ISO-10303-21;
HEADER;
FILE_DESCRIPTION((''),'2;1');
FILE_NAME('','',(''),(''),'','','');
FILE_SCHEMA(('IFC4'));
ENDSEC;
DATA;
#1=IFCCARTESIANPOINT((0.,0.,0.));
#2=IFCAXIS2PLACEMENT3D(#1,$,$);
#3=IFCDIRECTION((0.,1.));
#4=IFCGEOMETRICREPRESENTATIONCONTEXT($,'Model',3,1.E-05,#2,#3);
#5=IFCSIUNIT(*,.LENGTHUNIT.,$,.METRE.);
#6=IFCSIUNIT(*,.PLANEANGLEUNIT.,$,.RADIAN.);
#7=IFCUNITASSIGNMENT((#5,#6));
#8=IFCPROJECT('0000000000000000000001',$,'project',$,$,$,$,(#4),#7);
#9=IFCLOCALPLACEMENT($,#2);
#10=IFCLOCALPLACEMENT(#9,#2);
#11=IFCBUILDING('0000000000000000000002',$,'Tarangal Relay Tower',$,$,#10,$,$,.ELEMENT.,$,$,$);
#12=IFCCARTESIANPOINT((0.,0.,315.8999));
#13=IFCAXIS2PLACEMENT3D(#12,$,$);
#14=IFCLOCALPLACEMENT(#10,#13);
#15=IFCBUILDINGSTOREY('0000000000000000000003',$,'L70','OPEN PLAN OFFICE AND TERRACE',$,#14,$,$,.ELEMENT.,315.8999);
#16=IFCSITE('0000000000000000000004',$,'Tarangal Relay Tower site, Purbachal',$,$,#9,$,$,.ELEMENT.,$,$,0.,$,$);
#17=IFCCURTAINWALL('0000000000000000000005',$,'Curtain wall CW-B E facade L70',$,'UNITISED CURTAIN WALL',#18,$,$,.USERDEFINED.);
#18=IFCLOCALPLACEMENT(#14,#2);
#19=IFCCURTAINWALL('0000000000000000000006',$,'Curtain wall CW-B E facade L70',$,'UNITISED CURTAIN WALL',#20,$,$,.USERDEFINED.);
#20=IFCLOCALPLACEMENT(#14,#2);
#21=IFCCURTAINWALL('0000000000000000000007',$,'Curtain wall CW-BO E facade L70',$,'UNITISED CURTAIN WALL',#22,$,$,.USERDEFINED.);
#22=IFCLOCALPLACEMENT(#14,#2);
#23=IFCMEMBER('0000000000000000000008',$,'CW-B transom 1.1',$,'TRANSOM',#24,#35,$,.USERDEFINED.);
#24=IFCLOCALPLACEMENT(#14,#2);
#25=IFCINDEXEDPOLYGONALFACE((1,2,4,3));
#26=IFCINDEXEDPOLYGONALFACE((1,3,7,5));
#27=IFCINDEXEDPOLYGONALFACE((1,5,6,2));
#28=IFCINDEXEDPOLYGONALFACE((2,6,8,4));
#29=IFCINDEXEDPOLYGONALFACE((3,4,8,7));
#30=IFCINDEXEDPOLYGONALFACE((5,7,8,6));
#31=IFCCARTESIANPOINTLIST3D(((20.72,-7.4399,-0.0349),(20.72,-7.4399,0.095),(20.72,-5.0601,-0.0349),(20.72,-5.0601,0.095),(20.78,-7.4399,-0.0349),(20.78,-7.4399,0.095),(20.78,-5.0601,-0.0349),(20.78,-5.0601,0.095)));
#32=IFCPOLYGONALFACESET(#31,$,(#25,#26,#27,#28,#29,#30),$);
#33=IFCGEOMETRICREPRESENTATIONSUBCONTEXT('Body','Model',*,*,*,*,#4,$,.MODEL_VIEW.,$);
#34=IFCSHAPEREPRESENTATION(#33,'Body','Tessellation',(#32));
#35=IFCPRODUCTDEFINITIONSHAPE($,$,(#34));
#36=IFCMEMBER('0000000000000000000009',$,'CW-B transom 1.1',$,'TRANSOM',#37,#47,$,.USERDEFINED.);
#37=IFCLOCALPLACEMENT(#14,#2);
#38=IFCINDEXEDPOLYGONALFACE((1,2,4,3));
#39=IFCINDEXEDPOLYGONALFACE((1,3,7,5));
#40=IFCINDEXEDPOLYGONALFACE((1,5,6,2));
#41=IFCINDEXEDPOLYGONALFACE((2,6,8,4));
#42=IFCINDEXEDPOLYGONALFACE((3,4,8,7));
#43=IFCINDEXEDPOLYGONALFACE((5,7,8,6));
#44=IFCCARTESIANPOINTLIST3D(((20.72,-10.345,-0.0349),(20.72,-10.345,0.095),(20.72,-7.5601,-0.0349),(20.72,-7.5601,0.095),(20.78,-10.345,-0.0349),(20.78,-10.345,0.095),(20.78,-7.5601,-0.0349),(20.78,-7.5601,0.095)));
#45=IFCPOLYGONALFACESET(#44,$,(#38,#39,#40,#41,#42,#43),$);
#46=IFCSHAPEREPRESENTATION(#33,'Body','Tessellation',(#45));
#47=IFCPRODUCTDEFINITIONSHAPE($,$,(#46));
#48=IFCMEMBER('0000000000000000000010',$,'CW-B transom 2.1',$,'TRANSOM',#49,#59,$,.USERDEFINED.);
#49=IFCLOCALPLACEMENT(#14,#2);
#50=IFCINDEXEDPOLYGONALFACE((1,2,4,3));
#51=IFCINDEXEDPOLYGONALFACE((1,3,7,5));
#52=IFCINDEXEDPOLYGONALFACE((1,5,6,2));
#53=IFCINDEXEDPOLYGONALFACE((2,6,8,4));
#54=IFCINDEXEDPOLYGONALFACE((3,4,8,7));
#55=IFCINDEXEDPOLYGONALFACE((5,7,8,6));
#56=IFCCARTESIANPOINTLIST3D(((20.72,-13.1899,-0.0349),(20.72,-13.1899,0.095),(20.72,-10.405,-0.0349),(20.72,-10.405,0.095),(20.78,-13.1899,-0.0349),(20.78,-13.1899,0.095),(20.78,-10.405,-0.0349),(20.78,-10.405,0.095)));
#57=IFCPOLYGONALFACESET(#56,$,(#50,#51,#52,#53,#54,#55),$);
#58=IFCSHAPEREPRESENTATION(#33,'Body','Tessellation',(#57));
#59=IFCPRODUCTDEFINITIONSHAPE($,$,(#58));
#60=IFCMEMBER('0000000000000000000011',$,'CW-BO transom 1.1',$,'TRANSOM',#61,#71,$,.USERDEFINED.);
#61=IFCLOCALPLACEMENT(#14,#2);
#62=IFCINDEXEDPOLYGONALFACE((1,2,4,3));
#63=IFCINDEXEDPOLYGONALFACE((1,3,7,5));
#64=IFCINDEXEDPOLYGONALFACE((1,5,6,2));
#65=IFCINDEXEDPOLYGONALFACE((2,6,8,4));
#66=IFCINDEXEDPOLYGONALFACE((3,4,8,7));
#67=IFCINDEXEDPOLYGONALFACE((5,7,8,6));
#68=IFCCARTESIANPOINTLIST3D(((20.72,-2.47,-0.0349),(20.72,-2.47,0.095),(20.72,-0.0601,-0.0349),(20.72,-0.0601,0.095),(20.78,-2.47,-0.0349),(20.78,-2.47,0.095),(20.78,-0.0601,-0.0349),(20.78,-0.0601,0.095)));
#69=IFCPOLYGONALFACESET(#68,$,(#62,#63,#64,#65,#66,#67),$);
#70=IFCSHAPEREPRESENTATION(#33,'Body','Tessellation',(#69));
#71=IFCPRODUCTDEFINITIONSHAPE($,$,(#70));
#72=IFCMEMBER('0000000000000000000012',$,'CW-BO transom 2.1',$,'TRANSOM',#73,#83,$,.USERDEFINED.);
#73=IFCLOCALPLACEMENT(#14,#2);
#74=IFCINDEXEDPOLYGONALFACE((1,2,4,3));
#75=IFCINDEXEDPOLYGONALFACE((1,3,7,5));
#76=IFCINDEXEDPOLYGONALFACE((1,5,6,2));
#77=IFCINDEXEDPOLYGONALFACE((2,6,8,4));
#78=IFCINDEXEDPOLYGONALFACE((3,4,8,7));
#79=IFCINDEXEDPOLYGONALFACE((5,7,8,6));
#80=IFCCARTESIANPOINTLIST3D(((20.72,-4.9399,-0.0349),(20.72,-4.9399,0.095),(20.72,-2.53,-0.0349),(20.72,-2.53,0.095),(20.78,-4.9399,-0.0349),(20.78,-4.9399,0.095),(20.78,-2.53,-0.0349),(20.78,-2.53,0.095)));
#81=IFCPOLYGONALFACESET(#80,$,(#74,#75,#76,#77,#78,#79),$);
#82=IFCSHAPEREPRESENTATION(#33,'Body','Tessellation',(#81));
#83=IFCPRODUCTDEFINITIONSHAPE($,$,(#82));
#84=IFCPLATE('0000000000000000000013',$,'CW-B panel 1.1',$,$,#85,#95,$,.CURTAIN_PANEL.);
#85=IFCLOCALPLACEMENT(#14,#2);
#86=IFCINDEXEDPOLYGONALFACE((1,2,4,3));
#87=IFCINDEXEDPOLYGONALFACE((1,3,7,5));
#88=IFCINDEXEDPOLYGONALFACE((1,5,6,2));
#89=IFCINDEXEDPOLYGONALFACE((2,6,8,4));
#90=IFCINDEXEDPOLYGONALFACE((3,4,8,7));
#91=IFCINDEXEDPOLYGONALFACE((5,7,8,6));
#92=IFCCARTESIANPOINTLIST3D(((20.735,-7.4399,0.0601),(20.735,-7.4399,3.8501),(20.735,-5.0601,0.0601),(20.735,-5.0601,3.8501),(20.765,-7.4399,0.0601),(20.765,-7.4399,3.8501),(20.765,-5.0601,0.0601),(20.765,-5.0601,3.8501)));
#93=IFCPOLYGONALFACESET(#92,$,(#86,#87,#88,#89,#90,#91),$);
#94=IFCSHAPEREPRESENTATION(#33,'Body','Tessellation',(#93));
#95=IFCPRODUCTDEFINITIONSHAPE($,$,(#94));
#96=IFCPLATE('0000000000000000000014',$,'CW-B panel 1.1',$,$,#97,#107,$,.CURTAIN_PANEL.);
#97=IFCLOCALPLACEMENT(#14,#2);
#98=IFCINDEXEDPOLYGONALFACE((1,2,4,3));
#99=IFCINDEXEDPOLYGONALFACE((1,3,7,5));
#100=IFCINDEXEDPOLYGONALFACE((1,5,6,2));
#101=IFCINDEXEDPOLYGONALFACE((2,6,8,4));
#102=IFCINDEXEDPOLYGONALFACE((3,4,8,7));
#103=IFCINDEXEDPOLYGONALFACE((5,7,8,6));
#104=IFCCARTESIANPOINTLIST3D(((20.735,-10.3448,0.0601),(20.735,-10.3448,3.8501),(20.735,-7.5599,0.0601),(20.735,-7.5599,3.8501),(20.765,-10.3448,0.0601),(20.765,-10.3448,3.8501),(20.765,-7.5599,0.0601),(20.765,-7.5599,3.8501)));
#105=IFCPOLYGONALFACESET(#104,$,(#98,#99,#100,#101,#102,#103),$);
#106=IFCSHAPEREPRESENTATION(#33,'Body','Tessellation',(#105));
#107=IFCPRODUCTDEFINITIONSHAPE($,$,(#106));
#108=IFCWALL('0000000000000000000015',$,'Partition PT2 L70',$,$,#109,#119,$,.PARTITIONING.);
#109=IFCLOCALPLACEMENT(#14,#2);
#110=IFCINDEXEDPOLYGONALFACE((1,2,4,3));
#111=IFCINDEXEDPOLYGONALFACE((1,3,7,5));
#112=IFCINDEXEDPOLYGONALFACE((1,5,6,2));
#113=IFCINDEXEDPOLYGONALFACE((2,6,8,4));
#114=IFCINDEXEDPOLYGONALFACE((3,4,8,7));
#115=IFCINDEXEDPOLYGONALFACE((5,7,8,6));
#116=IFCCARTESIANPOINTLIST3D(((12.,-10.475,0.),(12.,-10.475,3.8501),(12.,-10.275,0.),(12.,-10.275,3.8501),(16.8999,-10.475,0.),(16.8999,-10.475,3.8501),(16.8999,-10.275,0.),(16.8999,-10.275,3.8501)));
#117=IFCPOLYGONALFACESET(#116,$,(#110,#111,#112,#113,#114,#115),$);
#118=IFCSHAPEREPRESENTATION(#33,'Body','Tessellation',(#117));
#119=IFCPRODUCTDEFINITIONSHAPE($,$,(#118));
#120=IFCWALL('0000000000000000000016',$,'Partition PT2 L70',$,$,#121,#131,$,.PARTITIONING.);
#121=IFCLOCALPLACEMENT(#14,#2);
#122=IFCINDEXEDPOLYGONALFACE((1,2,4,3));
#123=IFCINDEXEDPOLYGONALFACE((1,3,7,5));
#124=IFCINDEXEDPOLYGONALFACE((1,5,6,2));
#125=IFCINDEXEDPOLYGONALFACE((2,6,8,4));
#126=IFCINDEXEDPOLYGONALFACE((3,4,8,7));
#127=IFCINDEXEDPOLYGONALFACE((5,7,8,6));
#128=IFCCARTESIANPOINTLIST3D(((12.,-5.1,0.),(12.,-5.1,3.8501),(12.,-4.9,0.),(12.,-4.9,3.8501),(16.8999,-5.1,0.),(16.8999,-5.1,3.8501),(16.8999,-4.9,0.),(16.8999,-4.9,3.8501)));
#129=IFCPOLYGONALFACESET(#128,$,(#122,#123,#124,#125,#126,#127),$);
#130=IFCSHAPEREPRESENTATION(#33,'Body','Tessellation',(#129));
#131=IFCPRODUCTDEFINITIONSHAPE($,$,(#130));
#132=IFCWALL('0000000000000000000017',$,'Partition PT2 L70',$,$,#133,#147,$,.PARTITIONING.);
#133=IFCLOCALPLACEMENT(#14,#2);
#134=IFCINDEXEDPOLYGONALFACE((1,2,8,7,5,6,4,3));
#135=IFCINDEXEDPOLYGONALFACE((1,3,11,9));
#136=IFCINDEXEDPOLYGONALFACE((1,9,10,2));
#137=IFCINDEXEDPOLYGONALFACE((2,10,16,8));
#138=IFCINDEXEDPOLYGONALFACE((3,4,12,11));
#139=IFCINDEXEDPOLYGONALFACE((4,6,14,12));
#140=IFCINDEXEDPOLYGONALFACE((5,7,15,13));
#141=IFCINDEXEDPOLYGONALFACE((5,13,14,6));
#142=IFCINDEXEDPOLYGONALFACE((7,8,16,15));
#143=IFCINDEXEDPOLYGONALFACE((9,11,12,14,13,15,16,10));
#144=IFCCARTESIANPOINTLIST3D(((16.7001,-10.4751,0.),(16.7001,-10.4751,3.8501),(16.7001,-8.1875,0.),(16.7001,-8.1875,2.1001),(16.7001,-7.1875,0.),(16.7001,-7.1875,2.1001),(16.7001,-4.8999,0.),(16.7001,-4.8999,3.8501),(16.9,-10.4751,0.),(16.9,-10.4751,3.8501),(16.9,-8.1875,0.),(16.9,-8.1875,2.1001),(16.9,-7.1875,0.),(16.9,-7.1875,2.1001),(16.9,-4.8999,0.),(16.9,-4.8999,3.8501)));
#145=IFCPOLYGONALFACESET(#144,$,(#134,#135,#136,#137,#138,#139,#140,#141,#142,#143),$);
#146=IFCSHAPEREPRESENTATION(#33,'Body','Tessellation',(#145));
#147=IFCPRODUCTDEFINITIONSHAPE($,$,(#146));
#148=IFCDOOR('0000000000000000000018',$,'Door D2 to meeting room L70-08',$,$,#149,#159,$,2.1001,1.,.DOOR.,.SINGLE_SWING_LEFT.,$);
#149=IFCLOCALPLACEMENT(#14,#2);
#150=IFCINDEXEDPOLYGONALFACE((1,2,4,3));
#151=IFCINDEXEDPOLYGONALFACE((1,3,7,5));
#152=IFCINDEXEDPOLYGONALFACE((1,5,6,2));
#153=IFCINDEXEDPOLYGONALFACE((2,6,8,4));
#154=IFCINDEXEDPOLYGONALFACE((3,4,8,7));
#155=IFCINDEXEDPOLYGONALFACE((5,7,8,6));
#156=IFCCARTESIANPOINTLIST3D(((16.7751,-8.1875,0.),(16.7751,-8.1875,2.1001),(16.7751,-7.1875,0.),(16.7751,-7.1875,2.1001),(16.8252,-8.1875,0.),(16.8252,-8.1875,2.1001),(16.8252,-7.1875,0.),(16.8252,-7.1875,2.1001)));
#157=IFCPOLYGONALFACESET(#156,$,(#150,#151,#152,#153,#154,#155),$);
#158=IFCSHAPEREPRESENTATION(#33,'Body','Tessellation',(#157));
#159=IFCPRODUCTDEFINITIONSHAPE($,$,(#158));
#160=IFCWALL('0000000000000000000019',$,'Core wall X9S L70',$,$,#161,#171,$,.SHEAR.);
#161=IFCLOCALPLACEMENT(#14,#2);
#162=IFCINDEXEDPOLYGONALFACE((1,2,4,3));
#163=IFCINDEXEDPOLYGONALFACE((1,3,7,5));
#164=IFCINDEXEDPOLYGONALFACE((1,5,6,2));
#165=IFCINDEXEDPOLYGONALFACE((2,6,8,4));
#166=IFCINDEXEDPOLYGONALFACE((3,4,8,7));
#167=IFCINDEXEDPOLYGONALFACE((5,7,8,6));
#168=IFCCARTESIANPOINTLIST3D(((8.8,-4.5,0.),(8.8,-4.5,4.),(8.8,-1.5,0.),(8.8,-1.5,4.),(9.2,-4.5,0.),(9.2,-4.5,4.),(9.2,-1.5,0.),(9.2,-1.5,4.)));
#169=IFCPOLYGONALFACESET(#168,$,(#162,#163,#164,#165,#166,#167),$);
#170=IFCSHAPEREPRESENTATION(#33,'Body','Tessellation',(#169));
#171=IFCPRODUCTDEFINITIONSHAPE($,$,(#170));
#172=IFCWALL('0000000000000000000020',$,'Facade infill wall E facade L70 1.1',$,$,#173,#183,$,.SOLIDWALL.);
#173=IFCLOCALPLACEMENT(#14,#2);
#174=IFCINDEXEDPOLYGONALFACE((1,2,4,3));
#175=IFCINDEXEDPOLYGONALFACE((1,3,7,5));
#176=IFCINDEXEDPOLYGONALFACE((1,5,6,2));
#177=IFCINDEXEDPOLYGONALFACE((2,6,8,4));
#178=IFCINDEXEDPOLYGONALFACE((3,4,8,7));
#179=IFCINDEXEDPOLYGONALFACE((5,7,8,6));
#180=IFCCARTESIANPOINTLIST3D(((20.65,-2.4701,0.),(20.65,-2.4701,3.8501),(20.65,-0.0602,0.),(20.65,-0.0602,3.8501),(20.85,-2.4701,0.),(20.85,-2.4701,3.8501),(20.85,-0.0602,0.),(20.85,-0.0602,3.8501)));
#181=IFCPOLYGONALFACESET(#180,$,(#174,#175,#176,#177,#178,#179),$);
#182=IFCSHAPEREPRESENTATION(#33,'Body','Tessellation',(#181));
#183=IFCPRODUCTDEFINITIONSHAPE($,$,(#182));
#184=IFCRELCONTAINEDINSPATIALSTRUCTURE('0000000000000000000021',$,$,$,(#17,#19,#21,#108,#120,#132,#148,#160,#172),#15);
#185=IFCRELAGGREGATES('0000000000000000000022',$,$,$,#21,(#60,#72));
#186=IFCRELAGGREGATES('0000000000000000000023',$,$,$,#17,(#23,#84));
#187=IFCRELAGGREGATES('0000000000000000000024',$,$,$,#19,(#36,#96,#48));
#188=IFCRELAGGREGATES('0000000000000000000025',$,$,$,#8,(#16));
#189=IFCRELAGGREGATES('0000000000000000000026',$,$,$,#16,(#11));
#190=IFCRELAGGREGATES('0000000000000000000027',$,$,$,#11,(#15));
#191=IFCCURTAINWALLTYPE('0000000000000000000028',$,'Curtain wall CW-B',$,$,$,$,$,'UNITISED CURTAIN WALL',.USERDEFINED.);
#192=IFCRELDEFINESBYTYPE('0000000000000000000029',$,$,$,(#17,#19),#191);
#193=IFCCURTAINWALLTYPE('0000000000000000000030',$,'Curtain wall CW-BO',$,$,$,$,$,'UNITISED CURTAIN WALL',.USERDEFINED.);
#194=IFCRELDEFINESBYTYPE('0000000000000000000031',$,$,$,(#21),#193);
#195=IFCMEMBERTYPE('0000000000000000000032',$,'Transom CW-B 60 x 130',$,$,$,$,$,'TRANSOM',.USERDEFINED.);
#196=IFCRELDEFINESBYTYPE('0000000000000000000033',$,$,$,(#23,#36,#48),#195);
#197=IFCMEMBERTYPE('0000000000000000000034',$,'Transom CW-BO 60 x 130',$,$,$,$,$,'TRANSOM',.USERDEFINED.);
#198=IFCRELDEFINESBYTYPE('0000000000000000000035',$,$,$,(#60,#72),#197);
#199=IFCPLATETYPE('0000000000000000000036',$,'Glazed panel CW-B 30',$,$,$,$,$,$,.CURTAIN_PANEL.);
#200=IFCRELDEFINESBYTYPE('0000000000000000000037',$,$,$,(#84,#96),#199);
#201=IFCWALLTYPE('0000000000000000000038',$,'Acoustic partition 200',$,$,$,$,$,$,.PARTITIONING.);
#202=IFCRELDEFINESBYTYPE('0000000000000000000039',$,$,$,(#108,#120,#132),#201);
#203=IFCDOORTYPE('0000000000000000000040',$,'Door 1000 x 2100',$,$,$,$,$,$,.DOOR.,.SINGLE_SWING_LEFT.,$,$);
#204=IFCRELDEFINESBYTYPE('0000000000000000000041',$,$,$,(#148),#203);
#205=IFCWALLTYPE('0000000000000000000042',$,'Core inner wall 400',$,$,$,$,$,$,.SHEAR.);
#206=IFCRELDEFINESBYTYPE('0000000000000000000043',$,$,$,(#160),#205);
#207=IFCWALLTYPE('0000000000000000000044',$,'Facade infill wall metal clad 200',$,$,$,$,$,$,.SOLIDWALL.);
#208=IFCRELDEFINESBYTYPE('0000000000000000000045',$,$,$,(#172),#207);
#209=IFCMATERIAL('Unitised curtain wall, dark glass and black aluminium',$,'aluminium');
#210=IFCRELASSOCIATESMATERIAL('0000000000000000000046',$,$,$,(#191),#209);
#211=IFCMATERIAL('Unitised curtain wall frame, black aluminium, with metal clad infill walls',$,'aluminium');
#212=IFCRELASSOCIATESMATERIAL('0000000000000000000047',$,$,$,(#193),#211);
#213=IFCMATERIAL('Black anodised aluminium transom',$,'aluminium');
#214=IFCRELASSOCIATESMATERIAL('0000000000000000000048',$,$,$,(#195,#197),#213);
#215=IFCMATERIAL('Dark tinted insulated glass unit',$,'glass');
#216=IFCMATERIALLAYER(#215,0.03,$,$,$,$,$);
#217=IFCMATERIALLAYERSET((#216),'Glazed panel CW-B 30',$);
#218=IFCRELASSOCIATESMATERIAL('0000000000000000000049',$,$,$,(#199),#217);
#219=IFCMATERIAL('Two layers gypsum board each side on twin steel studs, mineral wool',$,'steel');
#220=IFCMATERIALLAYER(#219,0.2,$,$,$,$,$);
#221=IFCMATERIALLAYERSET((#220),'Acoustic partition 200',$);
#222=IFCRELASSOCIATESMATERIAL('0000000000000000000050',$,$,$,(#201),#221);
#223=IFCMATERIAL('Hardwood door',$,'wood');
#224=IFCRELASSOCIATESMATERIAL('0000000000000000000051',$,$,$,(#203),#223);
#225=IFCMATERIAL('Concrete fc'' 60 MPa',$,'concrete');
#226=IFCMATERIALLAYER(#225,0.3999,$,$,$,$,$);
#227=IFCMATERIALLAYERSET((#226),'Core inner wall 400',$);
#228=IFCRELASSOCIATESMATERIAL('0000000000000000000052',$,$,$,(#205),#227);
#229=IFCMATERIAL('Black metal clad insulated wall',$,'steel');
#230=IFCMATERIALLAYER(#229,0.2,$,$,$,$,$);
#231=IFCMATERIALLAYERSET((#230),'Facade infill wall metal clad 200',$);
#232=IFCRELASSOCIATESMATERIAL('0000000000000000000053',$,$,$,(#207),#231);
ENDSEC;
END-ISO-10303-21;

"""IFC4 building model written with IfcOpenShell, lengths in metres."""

from ifc_helpers import new_model, si_unit, direction, frame, frame_2d, origin, origin_2d, place, context, subcontext, project, spatial, rectangle, extrude, material, layer, layer_set, material_profile, profile_set, type_object, element, fill, aggregate, save


model = new_model("IFC4")

# Units and contexts
model_context = context("Model", 3, precision=1e-05, world=origin(), true_north=direction((0.0, 1.0)))
body_context = subcontext(model_context, "Body", "Model", "MODEL_VIEW")
ifc_project = project(units=[si_unit("LENGTHUNIT", "METRE"), si_unit("PLANEANGLEUNIT", "RADIAN")], contexts=[model_context])

# Site, building, storey
site_placement = place(None, origin())
site = spatial("IfcSite", under=ifc_project, at=site_placement, Name="Tarangal Relay Tower site, Purbachal", CompositionType="ELEMENT", RefElevation=0.0)
building_placement = place(site_placement, origin())
building = spatial("IfcBuilding", under=site, at=building_placement, Name="Tarangal Relay Tower", CompositionType="ELEMENT")
storey_placement = place(building_placement, frame((0.0, 0.0, 315.8999)))
storey = spatial("IfcBuildingStorey", under=building, at=storey_placement, Name="L70", Description="OPEN PLAN OFFICE AND TERRACE", CompositionType="ELEMENT", Elevation=315.8999)

# Curtain walls
ifc_material_1 = material(Name="Unitised curtain wall, dark glass and black aluminium", Category="aluminium")
curtain_wall_type_1 = type_object("IfcCurtainWallType", Name="Curtain wall CW-B", ElementType="UNITISED CURTAIN WALL", PredefinedType="USERDEFINED", material=ifc_material_1)
curtain_wall_1_placement = place(storey_placement, origin())
curtain_wall_1 = element("IfcCurtainWall", 1, at=curtain_wall_1_placement, inside=storey, type_object=curtain_wall_type_1, Name="Curtain wall CW-B E facade L70", ObjectType="UNITISED CURTAIN WALL", PredefinedType="USERDEFINED")
curtain_wall_2_placement = place(storey_placement, origin())
curtain_wall_2 = element("IfcCurtainWall", 2, at=curtain_wall_2_placement, inside=storey, type_object=curtain_wall_type_1, Name="Curtain wall CW-B E facade L70", ObjectType="UNITISED CURTAIN WALL", PredefinedType="USERDEFINED")
ifc_material_2 = material(Name="Unitised curtain wall frame, black aluminium, with metal clad infill walls", Category="aluminium")
curtain_wall_type_2 = type_object("IfcCurtainWallType", Name="Curtain wall CW-BO", ElementType="UNITISED CURTAIN WALL", PredefinedType="USERDEFINED", material=ifc_material_2)
curtain_wall_3_placement = place(storey_placement, origin())
curtain_wall_3 = element("IfcCurtainWall", 3, at=curtain_wall_3_placement, inside=storey, type_object=curtain_wall_type_2, Name="Curtain wall CW-BO E facade L70", ObjectType="UNITISED CURTAIN WALL", PredefinedType="USERDEFINED")

# Members
ifc_material_3 = material(Name="Black anodised aluminium transom", Category="aluminium")
ifc_material_profile_1 = material_profile(ifc_material_3, rectangle(XDim=0.0601, YDim=0.1299, at=origin_2d()), Name="CW-BT 60X130")
ifc_profile_set_1 = profile_set([ifc_material_profile_1], Name="Black anodised aluminium transom")
member_type_1 = type_object("IfcMemberType", Name="Transom CW-B 60 x 130", ElementType="TRANSOM", PredefinedType="USERDEFINED", material=ifc_profile_set_1)
member_1_placement = place(storey_placement, frame((20.75, -5.0601, 0.03), z_axis=(0.0, -1.0, 0.0), x_axis=(1.0, 0.0, 0.0)))
member_1 = element("IfcMember", 4, at=member_1_placement, type_object=member_type_1, Name="CW-B transom 1.1", ObjectType="TRANSOM", PredefinedType="USERDEFINED", context=body_context, shape_type="SweptSolid", body=[
    extrude(rectangle(XDim=0.0601, YDim=0.1299, at=origin_2d()), origin(), (0.0, 0.0, 1.0), 2.3799),
])
member_2_placement = place(storey_placement, frame((20.75, -7.5601, 0.03), z_axis=(0.0, -1.0, 0.0), x_axis=(1.0, 0.0, 0.0)))
member_2 = element("IfcMember", 5, at=member_2_placement, type_object=member_type_1, Name="CW-B transom 1.1", ObjectType="TRANSOM", PredefinedType="USERDEFINED", context=body_context, shape_type="SweptSolid", body=[
    extrude(rectangle(XDim=0.0601, YDim=0.1299, at=origin_2d()), origin(), (0.0, 0.0, 1.0), 2.7849),
])
member_3_placement = place(storey_placement, frame((20.75, -10.405, 0.03), z_axis=(0.0, -1.0, 0.0), x_axis=(1.0, 0.0, 0.0)))
member_3 = element("IfcMember", 6, at=member_3_placement, type_object=member_type_1, Name="CW-B transom 2.1", ObjectType="TRANSOM", PredefinedType="USERDEFINED", context=body_context, shape_type="SweptSolid", body=[
    extrude(rectangle(XDim=0.0601, YDim=0.1299, at=origin_2d()), origin(), (0.0, 0.0, 1.0), 2.7849),
])
ifc_material_profile_2 = material_profile(ifc_material_3, rectangle(XDim=0.0601, YDim=0.1299, at=origin_2d()), Name="CW-BOT 60X130")
ifc_profile_set_2 = profile_set([ifc_material_profile_2], Name="Black anodised aluminium transom")
member_type_2 = type_object("IfcMemberType", Name="Transom CW-BO 60 x 130", ElementType="TRANSOM", PredefinedType="USERDEFINED", material=ifc_profile_set_2)
member_4_placement = place(storey_placement, frame((20.75, -0.0601, 0.03), z_axis=(0.0, -1.0, 0.0), x_axis=(1.0, 0.0, 0.0)))
member_4 = element("IfcMember", 7, at=member_4_placement, type_object=member_type_2, Name="CW-BO transom 1.1", ObjectType="TRANSOM", PredefinedType="USERDEFINED", context=body_context, shape_type="SweptSolid", body=[
    extrude(rectangle(XDim=0.0601, YDim=0.1299, at=origin_2d()), origin(), (0.0, 0.0, 1.0), 2.4099),
])
member_5_placement = place(storey_placement, frame((20.75, -2.53, 0.03), z_axis=(0.0, -1.0, 0.0), x_axis=(1.0, 0.0, 0.0)))
member_5 = element("IfcMember", 8, at=member_5_placement, type_object=member_type_2, Name="CW-BO transom 2.1", ObjectType="TRANSOM", PredefinedType="USERDEFINED", context=body_context, shape_type="SweptSolid", body=[
    extrude(rectangle(XDim=0.0601, YDim=0.1299, at=origin_2d()), origin(), (0.0, 0.0, 1.0), 2.4099),
])
aggregate(curtain_wall_3, [member_4, member_5])

# Plates
ifc_material_4 = material(Name="Dark tinted insulated glass unit", Category="glass")
ifc_layer_1 = layer(ifc_material_4, 0.03)
ifc_layer_set_1 = layer_set([ifc_layer_1], Name="Glazed panel CW-B 30")
plate_type = type_object("IfcPlateType", Name="Glazed panel CW-B 30", PredefinedType="CURTAIN_PANEL", material=ifc_layer_set_1)
plate_1_placement = place(storey_placement, frame((20.75, -6.25, 0.0601), z_axis=(0.0, 0.0, 1.0), x_axis=(0.0, -1.0, 0.0)))
plate_1 = element("IfcPlate", 9, at=plate_1_placement, type_object=plate_type, Name="CW-B panel 1.1", PredefinedType="CURTAIN_PANEL", context=body_context, shape_type="SweptSolid", body=[
    extrude(rectangle(XDim=2.3799, YDim=0.03, at=origin_2d()), origin(), (0.0, 0.0, 1.0), 3.79),
])
aggregate(curtain_wall_1, [member_1, plate_1])
plate_2_placement = place(storey_placement, frame((20.75, -8.9524, 0.0601), z_axis=(0.0, 0.0, 1.0), x_axis=(0.0, -1.0, 0.0)))
plate_2 = element("IfcPlate", 10, at=plate_2_placement, type_object=plate_type, Name="CW-B panel 1.1", PredefinedType="CURTAIN_PANEL", context=body_context, shape_type="SweptSolid", body=[
    extrude(rectangle(XDim=2.7849, YDim=0.03, at=origin_2d()), origin(), (0.0, 0.0, 1.0), 3.79),
])
aggregate(curtain_wall_2, [member_2, plate_2, member_3])

# Walls
ifc_material_5 = material(Name="Two layers gypsum board each side on twin steel studs, mineral wool", Category="steel")
ifc_layer_2 = layer(ifc_material_5, 0.2)
ifc_layer_set_2 = layer_set([ifc_layer_2], Name="Acoustic partition 200")
wall_type_1 = type_object("IfcWallType", Name="Acoustic partition 200", PredefinedType="PARTITIONING", material=ifc_layer_set_2)
for number, where, z_axis, x_axis, name in (
    (11, (12.0, -10.375, 0.0), (0.0, 0.0, 1.0), (1.0, 0.0, 0.0), "Partition PT2 L70"),
    (12, (12.0, -5.0, 0.0), (0.0, 0.0, 1.0), (1.0, 0.0, 0.0), "Partition PT2 L70"),
):
    element("IfcWall", number, at=place(storey_placement, frame(where, z_axis=z_axis, x_axis=x_axis)), inside=storey, type_object=wall_type_1, Name=name, PredefinedType="PARTITIONING", context=body_context, shape_type="SweptSolid", body=[
        extrude(rectangle(XDim=4.8999, YDim=0.2, at=frame_2d((2.45, 0.0))), origin(), (0.0, 0.0, 1.0), 3.8501),
    ])

# Wall, opening, door
wall_1_placement = place(storey_placement, frame((16.8, -10.4751, 0.0), z_axis=(0.0, 0.0, 1.0), x_axis=(0.0, 1.0, 0.0)))
wall_1 = element("IfcWall", 13, at=wall_1_placement, inside=storey, type_object=wall_type_1, Name="Partition PT2 L70", PredefinedType="PARTITIONING", context=body_context, shape_type="SweptSolid", body=[
    extrude(rectangle(XDim=5.5752, YDim=0.2, at=frame_2d((2.7876, 0.0))), origin(), (0.0, 0.0, 1.0), 3.8501),
])
opening_1_placement = place(wall_1_placement, frame((2.2876, 0.0, 0.0)))
opening_1 = element("IfcOpeningElement", 14, at=opening_1_placement, cuts=wall_1, PredefinedType="OPENING", context=body_context, shape_type="SweptSolid", body=[
    extrude(rectangle(XDim=1.0, YDim=2.1001, at=frame_2d((0.5, 1.05))), frame((0.0, 0.1099, 0.0), z_axis=(0.0, -1.0, 0.0), x_axis=(1.0, 0.0, 0.0)), (0.0, 0.0, 1.0), 0.22),
])
ifc_material_6 = material(Name="Hardwood door", Category="wood")
door_type_1 = type_object("IfcDoorType", Name="Door 1000 x 2100", OperationType="SINGLE_SWING_LEFT", PredefinedType="DOOR", material=ifc_material_6)
door_1_placement = place(opening_1_placement, origin())
door_1 = element("IfcDoor", 15, at=door_1_placement, inside=storey, type_object=door_type_1, Name="Door D2 to meeting room L70-08", OperationType="SINGLE_SWING_LEFT", OverallHeight=2.1001, OverallWidth=1.0, PredefinedType="DOOR", context=body_context, shape_type="SweptSolid", body=[
    extrude(rectangle(XDim=1.0, YDim=2.1001, at=frame_2d((0.5, 1.05))), frame((0.0, 0.0249, 0.0), z_axis=(0.0, -1.0, 0.0), x_axis=(1.0, 0.0, 0.0)), (0.0, 0.0, 1.0), 0.05),
])
fill(opening_1, door_1)

# Walls
ifc_material_7 = material(Name="Concrete fc' 60 MPa", Category="concrete")
ifc_layer_3 = layer(ifc_material_7, 0.3999)
ifc_layer_set_3 = layer_set([ifc_layer_3], Name="Core inner wall 400")
wall_type_2 = type_object("IfcWallType", Name="Core inner wall 400", PredefinedType="SHEAR", material=ifc_layer_set_3)
wall_2_placement = place(storey_placement, frame((9.0, -4.5, 0.0), z_axis=(0.0, 0.0, 1.0), x_axis=(0.0, 1.0, 0.0)))
element("IfcWall", 16, at=wall_2_placement, inside=storey, type_object=wall_type_2, Name="Core wall X9S L70", PredefinedType="SHEAR", context=body_context, shape_type="SweptSolid", body=[
    extrude(rectangle(XDim=3.0, YDim=0.3999, at=frame_2d((1.5, 0.0))), origin(), (0.0, 0.0, 1.0), 4.0),
])
ifc_material_8 = material(Name="Black metal clad insulated wall", Category="steel")
ifc_layer_4 = layer(ifc_material_8, 0.2)
ifc_layer_set_4 = layer_set([ifc_layer_4], Name="Facade infill wall metal clad 200")
wall_type_3 = type_object("IfcWallType", Name="Facade infill wall metal clad 200", PredefinedType="SOLIDWALL", material=ifc_layer_set_4)
for number, where, z_axis, x_axis, name in (
    (17, (20.75, -0.0601, 0.0), (0.0, 0.0, 1.0), (0.0, -1.0, 0.0), "Facade infill wall E facade L70 1.1"),
):
    element("IfcWall", number, at=place(storey_placement, frame(where, z_axis=z_axis, x_axis=x_axis)), inside=storey, type_object=wall_type_3, Name=name, PredefinedType="SOLIDWALL", context=body_context, shape_type="SweptSolid", body=[
        extrude(rectangle(XDim=2.4099, YDim=0.2, at=frame_2d((1.2051, 0.0))), origin(), (0.0, 0.0, 1.0), 3.8501),
    ])

save(model, "model.ifc")
